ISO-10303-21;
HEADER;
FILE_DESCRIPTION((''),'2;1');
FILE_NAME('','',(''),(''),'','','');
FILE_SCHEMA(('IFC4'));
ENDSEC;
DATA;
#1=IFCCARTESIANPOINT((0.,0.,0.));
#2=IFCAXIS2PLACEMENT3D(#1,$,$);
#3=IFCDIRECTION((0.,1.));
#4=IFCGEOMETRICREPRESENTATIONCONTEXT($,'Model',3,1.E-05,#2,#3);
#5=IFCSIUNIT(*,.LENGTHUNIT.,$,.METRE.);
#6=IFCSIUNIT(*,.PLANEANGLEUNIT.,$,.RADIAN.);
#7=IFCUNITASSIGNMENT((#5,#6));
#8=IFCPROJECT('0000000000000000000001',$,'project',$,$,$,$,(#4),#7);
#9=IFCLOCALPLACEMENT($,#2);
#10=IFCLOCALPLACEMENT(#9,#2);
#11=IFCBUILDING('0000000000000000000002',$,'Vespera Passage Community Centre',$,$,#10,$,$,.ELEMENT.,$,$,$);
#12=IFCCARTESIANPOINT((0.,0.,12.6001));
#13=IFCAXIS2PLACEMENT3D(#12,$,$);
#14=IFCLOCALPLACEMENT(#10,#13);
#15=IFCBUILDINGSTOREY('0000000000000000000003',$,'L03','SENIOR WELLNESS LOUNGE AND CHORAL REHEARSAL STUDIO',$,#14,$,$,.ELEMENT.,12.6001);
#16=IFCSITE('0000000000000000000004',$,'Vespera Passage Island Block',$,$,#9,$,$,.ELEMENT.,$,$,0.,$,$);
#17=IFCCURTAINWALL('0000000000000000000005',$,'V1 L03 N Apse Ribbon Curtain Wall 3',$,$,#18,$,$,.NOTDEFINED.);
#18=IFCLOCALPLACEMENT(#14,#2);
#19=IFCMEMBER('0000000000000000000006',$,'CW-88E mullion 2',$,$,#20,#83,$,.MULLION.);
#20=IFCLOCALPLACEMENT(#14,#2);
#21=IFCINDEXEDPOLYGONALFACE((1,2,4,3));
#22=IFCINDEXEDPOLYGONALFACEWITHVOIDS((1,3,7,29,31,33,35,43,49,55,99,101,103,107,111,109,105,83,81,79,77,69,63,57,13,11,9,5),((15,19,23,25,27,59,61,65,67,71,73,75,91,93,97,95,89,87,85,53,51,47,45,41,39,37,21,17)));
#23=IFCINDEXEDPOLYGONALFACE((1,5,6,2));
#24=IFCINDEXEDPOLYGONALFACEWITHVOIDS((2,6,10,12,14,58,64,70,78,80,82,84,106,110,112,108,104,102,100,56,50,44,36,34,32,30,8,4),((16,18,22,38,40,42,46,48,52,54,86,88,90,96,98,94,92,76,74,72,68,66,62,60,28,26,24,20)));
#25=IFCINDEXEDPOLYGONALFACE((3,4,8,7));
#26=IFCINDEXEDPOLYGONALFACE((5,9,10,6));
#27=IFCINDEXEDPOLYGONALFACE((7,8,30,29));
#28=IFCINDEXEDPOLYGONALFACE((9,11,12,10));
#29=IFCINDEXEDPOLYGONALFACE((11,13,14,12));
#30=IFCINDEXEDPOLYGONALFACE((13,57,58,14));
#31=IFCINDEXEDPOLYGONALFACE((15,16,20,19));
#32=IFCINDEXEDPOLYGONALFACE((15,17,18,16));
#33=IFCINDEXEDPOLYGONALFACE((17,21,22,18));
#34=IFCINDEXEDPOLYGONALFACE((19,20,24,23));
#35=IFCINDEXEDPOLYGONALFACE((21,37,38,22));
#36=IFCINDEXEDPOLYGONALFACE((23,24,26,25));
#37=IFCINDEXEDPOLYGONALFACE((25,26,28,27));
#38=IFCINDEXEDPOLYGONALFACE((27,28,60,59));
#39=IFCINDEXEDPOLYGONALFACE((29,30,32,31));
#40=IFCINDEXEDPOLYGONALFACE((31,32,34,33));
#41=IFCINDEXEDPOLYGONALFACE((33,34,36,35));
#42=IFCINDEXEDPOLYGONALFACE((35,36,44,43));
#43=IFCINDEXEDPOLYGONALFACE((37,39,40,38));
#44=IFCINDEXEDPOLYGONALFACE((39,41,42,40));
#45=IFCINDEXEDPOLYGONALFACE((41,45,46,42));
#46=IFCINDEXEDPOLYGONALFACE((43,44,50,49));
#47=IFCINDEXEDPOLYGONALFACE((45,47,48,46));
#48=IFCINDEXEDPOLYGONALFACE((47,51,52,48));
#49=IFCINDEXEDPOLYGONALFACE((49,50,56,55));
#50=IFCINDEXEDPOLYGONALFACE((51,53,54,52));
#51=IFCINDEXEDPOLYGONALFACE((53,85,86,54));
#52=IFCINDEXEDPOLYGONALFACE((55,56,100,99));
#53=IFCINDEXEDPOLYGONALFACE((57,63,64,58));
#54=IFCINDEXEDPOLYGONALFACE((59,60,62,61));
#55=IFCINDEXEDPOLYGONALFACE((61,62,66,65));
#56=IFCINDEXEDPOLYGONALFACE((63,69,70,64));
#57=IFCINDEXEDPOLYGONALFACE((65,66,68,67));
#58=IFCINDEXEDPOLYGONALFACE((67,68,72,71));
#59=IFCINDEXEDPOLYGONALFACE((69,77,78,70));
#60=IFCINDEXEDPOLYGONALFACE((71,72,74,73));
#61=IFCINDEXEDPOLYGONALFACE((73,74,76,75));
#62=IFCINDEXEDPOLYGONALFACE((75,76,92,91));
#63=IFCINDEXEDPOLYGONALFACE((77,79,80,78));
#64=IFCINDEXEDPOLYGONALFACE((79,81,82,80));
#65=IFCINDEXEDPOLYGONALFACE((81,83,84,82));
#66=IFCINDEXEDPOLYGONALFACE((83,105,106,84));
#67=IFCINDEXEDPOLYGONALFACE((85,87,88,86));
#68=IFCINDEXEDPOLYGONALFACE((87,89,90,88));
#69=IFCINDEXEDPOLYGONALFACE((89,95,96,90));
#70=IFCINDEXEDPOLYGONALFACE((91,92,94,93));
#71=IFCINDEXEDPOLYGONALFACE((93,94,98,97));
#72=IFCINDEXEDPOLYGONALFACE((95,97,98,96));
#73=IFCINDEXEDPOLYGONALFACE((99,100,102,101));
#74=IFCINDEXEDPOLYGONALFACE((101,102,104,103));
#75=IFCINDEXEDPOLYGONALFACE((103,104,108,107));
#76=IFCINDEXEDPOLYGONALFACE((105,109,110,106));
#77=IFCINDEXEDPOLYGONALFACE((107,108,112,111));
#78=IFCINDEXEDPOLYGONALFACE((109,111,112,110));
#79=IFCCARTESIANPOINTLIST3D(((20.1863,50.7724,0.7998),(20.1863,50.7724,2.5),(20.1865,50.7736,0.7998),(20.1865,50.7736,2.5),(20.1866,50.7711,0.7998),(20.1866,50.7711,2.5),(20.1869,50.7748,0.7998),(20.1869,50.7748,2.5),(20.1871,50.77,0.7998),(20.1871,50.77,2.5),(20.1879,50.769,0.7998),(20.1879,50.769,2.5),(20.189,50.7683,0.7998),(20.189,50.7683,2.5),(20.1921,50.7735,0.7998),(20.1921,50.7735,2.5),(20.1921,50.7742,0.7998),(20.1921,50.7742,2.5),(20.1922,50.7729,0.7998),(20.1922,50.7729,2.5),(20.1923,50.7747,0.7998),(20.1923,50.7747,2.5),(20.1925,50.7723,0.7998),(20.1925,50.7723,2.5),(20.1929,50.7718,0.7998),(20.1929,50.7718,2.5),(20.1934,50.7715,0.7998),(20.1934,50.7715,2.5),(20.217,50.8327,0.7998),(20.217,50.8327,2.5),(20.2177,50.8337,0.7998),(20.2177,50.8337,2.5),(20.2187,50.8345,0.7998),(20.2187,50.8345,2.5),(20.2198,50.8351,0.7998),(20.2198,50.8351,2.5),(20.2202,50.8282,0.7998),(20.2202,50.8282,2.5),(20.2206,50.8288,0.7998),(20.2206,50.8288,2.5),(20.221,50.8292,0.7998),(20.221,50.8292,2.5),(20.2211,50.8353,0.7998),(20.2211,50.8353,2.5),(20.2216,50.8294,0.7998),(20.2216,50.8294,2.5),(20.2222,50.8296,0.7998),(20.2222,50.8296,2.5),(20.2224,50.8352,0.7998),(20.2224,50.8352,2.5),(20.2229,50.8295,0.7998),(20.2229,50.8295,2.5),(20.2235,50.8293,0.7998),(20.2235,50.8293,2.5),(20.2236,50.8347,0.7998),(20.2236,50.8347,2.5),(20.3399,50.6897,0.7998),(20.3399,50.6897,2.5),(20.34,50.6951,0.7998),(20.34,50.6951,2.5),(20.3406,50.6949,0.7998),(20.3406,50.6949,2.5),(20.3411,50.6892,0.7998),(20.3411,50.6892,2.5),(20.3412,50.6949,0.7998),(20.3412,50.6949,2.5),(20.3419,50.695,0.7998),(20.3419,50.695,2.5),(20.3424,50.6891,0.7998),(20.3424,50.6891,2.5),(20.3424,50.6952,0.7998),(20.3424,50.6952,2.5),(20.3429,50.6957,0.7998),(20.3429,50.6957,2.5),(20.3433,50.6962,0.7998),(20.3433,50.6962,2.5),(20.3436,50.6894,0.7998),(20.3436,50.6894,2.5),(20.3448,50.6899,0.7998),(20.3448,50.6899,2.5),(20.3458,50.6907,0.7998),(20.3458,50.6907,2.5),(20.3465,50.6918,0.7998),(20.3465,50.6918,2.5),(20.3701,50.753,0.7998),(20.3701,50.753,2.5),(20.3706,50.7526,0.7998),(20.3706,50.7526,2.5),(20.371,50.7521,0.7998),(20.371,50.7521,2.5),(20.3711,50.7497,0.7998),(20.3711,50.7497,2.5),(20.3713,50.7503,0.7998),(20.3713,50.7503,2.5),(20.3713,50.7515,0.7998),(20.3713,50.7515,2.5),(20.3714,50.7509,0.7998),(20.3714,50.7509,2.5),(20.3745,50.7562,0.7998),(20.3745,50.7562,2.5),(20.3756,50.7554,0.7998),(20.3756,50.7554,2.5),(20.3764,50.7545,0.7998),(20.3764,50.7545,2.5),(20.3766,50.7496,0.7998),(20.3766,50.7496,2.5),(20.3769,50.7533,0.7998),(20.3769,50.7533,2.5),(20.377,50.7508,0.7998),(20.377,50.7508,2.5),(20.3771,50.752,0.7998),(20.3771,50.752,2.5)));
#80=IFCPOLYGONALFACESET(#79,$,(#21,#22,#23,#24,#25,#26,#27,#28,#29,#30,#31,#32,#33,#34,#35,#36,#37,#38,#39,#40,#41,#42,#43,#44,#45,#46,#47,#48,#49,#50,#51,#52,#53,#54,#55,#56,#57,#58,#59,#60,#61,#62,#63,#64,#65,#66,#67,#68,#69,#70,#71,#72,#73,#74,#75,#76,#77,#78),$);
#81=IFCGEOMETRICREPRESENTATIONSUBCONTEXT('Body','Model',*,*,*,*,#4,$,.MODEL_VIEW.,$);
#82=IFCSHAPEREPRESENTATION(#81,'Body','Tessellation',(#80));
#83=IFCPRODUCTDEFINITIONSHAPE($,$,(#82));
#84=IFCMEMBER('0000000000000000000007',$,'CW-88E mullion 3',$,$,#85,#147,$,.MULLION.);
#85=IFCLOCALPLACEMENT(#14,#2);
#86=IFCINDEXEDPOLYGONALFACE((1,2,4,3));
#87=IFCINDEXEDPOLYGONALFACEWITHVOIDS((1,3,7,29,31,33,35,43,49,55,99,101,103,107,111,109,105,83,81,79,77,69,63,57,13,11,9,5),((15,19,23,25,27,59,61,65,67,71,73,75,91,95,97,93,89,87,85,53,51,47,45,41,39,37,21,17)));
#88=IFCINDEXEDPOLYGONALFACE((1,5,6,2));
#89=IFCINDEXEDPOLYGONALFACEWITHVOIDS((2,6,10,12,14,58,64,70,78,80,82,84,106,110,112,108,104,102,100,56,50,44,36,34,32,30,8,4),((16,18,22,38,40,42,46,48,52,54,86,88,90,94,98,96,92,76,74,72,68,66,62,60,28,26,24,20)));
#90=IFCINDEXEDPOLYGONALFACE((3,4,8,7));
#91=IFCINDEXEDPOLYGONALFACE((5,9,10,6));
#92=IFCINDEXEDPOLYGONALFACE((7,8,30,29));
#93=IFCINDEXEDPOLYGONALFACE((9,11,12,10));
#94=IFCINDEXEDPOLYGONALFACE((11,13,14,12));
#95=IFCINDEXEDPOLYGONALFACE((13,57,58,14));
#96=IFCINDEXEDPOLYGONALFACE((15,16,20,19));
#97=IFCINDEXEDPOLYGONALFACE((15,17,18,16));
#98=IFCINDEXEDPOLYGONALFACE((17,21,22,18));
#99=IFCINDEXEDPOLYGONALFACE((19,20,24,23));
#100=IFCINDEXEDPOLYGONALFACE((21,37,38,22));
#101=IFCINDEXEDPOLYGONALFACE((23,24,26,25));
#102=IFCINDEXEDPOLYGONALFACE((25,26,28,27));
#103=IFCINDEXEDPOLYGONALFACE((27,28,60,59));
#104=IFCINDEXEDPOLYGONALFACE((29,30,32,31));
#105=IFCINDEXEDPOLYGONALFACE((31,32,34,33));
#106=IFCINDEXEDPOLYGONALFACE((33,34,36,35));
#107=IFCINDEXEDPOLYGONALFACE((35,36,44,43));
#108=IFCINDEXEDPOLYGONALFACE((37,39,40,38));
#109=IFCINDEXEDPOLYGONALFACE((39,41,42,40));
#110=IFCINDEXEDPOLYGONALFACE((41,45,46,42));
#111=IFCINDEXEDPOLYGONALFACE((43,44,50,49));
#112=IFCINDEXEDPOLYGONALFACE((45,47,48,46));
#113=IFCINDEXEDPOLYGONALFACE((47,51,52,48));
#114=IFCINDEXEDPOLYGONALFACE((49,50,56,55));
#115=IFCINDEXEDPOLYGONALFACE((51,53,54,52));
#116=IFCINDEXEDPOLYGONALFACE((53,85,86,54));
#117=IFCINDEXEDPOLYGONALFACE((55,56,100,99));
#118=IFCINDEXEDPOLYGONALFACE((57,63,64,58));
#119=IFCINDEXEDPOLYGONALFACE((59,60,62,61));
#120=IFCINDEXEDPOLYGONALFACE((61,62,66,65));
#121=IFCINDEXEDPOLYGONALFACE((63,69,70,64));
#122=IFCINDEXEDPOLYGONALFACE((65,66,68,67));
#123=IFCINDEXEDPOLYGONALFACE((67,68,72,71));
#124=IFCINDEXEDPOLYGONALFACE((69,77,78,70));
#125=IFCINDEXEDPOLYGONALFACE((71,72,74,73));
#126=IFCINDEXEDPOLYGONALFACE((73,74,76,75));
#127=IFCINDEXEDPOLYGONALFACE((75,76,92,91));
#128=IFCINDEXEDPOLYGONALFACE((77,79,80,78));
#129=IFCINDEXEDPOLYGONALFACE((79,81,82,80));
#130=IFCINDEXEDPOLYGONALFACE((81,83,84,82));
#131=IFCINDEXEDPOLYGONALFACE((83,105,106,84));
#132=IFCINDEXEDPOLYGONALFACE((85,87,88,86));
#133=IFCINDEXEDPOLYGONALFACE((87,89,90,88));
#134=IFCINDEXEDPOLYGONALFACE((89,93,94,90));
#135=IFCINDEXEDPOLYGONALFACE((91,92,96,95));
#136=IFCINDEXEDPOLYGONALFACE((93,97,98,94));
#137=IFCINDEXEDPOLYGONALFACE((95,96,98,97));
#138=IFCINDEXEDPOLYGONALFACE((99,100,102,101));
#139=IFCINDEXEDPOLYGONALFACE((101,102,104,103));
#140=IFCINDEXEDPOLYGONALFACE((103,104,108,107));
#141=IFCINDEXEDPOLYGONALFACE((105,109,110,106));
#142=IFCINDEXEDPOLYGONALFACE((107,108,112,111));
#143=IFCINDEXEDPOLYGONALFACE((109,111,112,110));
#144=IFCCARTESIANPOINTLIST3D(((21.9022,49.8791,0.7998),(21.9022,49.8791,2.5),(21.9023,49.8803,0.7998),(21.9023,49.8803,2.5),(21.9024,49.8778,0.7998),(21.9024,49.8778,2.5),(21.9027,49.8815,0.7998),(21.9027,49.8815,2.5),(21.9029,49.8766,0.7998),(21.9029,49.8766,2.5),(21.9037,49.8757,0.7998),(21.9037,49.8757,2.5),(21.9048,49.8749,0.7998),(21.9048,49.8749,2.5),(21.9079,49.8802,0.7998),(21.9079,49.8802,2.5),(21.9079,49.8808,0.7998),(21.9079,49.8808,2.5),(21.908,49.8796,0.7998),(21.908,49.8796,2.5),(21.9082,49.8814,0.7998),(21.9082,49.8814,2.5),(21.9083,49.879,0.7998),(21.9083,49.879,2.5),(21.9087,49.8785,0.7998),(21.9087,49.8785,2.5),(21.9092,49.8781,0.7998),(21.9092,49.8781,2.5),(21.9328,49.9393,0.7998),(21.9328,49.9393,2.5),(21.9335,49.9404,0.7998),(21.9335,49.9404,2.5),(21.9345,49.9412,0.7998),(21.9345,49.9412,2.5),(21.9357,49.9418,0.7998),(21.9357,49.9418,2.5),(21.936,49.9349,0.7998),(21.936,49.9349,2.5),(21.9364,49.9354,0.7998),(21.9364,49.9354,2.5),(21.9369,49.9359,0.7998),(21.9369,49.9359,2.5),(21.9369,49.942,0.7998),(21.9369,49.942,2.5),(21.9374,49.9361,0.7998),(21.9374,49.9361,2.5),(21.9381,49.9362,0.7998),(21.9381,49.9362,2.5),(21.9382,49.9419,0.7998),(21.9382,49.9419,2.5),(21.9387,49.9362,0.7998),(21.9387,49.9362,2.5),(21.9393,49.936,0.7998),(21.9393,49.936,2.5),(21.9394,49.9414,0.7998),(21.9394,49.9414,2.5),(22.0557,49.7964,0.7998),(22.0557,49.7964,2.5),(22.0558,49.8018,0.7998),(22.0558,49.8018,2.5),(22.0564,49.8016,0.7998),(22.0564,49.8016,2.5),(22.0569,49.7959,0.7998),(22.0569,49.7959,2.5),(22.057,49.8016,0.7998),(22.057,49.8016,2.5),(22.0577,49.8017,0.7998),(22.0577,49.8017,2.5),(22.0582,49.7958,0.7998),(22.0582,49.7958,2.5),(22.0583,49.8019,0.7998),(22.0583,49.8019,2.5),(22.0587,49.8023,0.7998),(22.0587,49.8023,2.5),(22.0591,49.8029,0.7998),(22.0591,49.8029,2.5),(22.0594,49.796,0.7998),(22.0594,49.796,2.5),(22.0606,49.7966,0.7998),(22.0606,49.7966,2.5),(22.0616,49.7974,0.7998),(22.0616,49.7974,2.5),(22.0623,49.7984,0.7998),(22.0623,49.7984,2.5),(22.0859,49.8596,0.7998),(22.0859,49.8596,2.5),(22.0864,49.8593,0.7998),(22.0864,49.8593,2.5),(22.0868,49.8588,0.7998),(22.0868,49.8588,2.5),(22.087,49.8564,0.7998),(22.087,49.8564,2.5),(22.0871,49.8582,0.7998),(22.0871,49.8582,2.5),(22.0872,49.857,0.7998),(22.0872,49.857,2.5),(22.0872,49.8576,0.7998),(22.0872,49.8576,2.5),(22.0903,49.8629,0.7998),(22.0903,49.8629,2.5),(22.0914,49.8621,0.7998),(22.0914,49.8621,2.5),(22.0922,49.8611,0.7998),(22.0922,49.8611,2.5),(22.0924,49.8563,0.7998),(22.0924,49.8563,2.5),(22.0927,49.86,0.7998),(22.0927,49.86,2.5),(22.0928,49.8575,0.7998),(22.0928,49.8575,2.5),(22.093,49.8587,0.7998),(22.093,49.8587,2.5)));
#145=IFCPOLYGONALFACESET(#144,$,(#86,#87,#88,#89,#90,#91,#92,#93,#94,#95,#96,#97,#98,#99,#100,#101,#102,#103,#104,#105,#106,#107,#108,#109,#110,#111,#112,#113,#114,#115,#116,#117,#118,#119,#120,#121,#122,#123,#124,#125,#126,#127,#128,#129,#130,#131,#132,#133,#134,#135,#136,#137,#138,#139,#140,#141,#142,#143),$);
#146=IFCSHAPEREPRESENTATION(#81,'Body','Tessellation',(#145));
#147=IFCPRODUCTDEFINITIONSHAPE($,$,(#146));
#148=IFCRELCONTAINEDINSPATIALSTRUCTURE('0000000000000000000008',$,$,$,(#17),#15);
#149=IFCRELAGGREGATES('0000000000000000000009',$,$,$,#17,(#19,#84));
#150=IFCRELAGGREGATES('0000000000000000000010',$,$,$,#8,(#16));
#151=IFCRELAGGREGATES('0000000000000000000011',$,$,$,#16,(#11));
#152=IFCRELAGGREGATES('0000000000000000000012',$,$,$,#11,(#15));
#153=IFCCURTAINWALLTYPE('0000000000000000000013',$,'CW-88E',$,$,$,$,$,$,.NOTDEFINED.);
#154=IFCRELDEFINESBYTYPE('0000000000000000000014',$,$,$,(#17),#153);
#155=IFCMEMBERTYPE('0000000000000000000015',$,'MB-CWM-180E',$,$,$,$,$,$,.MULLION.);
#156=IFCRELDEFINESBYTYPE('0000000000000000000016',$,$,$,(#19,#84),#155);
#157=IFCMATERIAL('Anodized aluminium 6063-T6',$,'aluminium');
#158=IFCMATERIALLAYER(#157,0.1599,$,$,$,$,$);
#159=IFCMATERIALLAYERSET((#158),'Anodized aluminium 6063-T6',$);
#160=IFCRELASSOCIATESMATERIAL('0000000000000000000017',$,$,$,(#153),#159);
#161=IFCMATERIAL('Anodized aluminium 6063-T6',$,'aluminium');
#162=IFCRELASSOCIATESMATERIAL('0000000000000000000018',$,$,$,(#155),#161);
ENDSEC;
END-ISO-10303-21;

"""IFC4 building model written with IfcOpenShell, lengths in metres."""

from ifc_helpers import new_model, si_unit, direction, frame, origin, origin_2d, place, context, subcontext, project, spatial, hollow_rectangle, extrude, material, layer, layer_set, material_profile, profile_set, type_object, element, aggregate, save


model = new_model("IFC4")

# Units and contexts
model_context = context("Model", 3, precision=1e-05, world=origin(), true_north=direction((0.0, 1.0)))
body_context = subcontext(model_context, "Body", "Model", "MODEL_VIEW")
ifc_project = project(units=[si_unit("LENGTHUNIT", "METRE"), si_unit("PLANEANGLEUNIT", "RADIAN")], contexts=[model_context])

# Site, building, storey
site_placement = place(None, origin())
site = spatial("IfcSite", under=ifc_project, at=site_placement, Name="Vespera Passage Island Block", CompositionType="ELEMENT", RefElevation=0.0)
building_placement = place(site_placement, origin())
building = spatial("IfcBuilding", under=site, at=building_placement, Name="Vespera Passage Community Centre", CompositionType="ELEMENT")
storey_placement = place(building_placement, frame((0.0, 0.0, 12.6001)))
storey = spatial("IfcBuildingStorey", under=building, at=storey_placement, Name="L03", Description="SENIOR WELLNESS LOUNGE AND CHORAL REHEARSAL STUDIO", CompositionType="ELEMENT", Elevation=12.6001)

# Shared definitions
ifc_material_1 = material(Name="Anodized aluminium 6063-T6", Category="aluminium")
ifc_layer_1 = layer(ifc_material_1, 0.1599)
ifc_layer_set_1 = layer_set([ifc_layer_1], Name="Anodized aluminium 6063-T6")
curtain_wall_type = type_object("IfcCurtainWallType", Name="CW-88E", PredefinedType="NOTDEFINED", material=ifc_layer_set_1)
ifc_material_2 = material(Name="Anodized aluminium 6063-T6", Category="aluminium")
ifc_material_profile_1 = material_profile(ifc_material_2, hollow_rectangle(XDim=0.075, YDim=0.1799, WallThickness=0.0049, InnerFilletRadius=0.0024, OuterFilletRadius=0.0049, at=origin_2d()), Name="ALU180X75X5")
ifc_profile_set_1 = profile_set([ifc_material_profile_1], Name="Anodized aluminium 6063-T6")
member_type_1 = type_object("IfcMemberType", Name="MB-CWM-180E", PredefinedType="MULLION", material=ifc_profile_set_1)

# Curtain wall, members
curtain_wall_1_placement = place(storey_placement, origin())
curtain_wall_1 = element("IfcCurtainWall", 1, at=curtain_wall_1_placement, inside=storey, type_object=curtain_wall_type, Name="V1 L03 N Apse Ribbon Curtain Wall 3", PredefinedType="NOTDEFINED")
member_1_placement = place(storey_placement, frame((20.2817, 50.7622, 0.7998), z_axis=(0.0, 0.0, 1.0), x_axis=(0.461745, 0.887013, 0.0)))
member_1 = element("IfcMember", 2, at=member_1_placement, type_object=member_type_1, Name="CW-88E mullion 2", PredefinedType="MULLION", context=body_context, shape_type="SweptSolid", body=[
    extrude(hollow_rectangle(XDim=0.075, YDim=0.1799, WallThickness=0.0049, InnerFilletRadius=0.0024, OuterFilletRadius=0.0049, at=origin_2d()), origin(), (0.0, 0.0, 1.0), 1.7002),
])
member_2_placement = place(storey_placement, frame((21.9976, 49.8689, 0.7998), z_axis=(0.0, 0.0, 1.0), x_axis=(0.461745, 0.887013, 0.0)))
member_2 = element("IfcMember", 3, at=member_2_placement, type_object=member_type_1, Name="CW-88E mullion 3", PredefinedType="MULLION", context=body_context, shape_type="SweptSolid", body=[
    extrude(hollow_rectangle(XDim=0.075, YDim=0.1799, WallThickness=0.0049, InnerFilletRadius=0.0024, OuterFilletRadius=0.0049, at=origin_2d()), origin(), (0.0, 0.0, 1.0), 1.7002),
])
aggregate(curtain_wall_1, [member_1, member_2])

save(model, "model.ifc")
